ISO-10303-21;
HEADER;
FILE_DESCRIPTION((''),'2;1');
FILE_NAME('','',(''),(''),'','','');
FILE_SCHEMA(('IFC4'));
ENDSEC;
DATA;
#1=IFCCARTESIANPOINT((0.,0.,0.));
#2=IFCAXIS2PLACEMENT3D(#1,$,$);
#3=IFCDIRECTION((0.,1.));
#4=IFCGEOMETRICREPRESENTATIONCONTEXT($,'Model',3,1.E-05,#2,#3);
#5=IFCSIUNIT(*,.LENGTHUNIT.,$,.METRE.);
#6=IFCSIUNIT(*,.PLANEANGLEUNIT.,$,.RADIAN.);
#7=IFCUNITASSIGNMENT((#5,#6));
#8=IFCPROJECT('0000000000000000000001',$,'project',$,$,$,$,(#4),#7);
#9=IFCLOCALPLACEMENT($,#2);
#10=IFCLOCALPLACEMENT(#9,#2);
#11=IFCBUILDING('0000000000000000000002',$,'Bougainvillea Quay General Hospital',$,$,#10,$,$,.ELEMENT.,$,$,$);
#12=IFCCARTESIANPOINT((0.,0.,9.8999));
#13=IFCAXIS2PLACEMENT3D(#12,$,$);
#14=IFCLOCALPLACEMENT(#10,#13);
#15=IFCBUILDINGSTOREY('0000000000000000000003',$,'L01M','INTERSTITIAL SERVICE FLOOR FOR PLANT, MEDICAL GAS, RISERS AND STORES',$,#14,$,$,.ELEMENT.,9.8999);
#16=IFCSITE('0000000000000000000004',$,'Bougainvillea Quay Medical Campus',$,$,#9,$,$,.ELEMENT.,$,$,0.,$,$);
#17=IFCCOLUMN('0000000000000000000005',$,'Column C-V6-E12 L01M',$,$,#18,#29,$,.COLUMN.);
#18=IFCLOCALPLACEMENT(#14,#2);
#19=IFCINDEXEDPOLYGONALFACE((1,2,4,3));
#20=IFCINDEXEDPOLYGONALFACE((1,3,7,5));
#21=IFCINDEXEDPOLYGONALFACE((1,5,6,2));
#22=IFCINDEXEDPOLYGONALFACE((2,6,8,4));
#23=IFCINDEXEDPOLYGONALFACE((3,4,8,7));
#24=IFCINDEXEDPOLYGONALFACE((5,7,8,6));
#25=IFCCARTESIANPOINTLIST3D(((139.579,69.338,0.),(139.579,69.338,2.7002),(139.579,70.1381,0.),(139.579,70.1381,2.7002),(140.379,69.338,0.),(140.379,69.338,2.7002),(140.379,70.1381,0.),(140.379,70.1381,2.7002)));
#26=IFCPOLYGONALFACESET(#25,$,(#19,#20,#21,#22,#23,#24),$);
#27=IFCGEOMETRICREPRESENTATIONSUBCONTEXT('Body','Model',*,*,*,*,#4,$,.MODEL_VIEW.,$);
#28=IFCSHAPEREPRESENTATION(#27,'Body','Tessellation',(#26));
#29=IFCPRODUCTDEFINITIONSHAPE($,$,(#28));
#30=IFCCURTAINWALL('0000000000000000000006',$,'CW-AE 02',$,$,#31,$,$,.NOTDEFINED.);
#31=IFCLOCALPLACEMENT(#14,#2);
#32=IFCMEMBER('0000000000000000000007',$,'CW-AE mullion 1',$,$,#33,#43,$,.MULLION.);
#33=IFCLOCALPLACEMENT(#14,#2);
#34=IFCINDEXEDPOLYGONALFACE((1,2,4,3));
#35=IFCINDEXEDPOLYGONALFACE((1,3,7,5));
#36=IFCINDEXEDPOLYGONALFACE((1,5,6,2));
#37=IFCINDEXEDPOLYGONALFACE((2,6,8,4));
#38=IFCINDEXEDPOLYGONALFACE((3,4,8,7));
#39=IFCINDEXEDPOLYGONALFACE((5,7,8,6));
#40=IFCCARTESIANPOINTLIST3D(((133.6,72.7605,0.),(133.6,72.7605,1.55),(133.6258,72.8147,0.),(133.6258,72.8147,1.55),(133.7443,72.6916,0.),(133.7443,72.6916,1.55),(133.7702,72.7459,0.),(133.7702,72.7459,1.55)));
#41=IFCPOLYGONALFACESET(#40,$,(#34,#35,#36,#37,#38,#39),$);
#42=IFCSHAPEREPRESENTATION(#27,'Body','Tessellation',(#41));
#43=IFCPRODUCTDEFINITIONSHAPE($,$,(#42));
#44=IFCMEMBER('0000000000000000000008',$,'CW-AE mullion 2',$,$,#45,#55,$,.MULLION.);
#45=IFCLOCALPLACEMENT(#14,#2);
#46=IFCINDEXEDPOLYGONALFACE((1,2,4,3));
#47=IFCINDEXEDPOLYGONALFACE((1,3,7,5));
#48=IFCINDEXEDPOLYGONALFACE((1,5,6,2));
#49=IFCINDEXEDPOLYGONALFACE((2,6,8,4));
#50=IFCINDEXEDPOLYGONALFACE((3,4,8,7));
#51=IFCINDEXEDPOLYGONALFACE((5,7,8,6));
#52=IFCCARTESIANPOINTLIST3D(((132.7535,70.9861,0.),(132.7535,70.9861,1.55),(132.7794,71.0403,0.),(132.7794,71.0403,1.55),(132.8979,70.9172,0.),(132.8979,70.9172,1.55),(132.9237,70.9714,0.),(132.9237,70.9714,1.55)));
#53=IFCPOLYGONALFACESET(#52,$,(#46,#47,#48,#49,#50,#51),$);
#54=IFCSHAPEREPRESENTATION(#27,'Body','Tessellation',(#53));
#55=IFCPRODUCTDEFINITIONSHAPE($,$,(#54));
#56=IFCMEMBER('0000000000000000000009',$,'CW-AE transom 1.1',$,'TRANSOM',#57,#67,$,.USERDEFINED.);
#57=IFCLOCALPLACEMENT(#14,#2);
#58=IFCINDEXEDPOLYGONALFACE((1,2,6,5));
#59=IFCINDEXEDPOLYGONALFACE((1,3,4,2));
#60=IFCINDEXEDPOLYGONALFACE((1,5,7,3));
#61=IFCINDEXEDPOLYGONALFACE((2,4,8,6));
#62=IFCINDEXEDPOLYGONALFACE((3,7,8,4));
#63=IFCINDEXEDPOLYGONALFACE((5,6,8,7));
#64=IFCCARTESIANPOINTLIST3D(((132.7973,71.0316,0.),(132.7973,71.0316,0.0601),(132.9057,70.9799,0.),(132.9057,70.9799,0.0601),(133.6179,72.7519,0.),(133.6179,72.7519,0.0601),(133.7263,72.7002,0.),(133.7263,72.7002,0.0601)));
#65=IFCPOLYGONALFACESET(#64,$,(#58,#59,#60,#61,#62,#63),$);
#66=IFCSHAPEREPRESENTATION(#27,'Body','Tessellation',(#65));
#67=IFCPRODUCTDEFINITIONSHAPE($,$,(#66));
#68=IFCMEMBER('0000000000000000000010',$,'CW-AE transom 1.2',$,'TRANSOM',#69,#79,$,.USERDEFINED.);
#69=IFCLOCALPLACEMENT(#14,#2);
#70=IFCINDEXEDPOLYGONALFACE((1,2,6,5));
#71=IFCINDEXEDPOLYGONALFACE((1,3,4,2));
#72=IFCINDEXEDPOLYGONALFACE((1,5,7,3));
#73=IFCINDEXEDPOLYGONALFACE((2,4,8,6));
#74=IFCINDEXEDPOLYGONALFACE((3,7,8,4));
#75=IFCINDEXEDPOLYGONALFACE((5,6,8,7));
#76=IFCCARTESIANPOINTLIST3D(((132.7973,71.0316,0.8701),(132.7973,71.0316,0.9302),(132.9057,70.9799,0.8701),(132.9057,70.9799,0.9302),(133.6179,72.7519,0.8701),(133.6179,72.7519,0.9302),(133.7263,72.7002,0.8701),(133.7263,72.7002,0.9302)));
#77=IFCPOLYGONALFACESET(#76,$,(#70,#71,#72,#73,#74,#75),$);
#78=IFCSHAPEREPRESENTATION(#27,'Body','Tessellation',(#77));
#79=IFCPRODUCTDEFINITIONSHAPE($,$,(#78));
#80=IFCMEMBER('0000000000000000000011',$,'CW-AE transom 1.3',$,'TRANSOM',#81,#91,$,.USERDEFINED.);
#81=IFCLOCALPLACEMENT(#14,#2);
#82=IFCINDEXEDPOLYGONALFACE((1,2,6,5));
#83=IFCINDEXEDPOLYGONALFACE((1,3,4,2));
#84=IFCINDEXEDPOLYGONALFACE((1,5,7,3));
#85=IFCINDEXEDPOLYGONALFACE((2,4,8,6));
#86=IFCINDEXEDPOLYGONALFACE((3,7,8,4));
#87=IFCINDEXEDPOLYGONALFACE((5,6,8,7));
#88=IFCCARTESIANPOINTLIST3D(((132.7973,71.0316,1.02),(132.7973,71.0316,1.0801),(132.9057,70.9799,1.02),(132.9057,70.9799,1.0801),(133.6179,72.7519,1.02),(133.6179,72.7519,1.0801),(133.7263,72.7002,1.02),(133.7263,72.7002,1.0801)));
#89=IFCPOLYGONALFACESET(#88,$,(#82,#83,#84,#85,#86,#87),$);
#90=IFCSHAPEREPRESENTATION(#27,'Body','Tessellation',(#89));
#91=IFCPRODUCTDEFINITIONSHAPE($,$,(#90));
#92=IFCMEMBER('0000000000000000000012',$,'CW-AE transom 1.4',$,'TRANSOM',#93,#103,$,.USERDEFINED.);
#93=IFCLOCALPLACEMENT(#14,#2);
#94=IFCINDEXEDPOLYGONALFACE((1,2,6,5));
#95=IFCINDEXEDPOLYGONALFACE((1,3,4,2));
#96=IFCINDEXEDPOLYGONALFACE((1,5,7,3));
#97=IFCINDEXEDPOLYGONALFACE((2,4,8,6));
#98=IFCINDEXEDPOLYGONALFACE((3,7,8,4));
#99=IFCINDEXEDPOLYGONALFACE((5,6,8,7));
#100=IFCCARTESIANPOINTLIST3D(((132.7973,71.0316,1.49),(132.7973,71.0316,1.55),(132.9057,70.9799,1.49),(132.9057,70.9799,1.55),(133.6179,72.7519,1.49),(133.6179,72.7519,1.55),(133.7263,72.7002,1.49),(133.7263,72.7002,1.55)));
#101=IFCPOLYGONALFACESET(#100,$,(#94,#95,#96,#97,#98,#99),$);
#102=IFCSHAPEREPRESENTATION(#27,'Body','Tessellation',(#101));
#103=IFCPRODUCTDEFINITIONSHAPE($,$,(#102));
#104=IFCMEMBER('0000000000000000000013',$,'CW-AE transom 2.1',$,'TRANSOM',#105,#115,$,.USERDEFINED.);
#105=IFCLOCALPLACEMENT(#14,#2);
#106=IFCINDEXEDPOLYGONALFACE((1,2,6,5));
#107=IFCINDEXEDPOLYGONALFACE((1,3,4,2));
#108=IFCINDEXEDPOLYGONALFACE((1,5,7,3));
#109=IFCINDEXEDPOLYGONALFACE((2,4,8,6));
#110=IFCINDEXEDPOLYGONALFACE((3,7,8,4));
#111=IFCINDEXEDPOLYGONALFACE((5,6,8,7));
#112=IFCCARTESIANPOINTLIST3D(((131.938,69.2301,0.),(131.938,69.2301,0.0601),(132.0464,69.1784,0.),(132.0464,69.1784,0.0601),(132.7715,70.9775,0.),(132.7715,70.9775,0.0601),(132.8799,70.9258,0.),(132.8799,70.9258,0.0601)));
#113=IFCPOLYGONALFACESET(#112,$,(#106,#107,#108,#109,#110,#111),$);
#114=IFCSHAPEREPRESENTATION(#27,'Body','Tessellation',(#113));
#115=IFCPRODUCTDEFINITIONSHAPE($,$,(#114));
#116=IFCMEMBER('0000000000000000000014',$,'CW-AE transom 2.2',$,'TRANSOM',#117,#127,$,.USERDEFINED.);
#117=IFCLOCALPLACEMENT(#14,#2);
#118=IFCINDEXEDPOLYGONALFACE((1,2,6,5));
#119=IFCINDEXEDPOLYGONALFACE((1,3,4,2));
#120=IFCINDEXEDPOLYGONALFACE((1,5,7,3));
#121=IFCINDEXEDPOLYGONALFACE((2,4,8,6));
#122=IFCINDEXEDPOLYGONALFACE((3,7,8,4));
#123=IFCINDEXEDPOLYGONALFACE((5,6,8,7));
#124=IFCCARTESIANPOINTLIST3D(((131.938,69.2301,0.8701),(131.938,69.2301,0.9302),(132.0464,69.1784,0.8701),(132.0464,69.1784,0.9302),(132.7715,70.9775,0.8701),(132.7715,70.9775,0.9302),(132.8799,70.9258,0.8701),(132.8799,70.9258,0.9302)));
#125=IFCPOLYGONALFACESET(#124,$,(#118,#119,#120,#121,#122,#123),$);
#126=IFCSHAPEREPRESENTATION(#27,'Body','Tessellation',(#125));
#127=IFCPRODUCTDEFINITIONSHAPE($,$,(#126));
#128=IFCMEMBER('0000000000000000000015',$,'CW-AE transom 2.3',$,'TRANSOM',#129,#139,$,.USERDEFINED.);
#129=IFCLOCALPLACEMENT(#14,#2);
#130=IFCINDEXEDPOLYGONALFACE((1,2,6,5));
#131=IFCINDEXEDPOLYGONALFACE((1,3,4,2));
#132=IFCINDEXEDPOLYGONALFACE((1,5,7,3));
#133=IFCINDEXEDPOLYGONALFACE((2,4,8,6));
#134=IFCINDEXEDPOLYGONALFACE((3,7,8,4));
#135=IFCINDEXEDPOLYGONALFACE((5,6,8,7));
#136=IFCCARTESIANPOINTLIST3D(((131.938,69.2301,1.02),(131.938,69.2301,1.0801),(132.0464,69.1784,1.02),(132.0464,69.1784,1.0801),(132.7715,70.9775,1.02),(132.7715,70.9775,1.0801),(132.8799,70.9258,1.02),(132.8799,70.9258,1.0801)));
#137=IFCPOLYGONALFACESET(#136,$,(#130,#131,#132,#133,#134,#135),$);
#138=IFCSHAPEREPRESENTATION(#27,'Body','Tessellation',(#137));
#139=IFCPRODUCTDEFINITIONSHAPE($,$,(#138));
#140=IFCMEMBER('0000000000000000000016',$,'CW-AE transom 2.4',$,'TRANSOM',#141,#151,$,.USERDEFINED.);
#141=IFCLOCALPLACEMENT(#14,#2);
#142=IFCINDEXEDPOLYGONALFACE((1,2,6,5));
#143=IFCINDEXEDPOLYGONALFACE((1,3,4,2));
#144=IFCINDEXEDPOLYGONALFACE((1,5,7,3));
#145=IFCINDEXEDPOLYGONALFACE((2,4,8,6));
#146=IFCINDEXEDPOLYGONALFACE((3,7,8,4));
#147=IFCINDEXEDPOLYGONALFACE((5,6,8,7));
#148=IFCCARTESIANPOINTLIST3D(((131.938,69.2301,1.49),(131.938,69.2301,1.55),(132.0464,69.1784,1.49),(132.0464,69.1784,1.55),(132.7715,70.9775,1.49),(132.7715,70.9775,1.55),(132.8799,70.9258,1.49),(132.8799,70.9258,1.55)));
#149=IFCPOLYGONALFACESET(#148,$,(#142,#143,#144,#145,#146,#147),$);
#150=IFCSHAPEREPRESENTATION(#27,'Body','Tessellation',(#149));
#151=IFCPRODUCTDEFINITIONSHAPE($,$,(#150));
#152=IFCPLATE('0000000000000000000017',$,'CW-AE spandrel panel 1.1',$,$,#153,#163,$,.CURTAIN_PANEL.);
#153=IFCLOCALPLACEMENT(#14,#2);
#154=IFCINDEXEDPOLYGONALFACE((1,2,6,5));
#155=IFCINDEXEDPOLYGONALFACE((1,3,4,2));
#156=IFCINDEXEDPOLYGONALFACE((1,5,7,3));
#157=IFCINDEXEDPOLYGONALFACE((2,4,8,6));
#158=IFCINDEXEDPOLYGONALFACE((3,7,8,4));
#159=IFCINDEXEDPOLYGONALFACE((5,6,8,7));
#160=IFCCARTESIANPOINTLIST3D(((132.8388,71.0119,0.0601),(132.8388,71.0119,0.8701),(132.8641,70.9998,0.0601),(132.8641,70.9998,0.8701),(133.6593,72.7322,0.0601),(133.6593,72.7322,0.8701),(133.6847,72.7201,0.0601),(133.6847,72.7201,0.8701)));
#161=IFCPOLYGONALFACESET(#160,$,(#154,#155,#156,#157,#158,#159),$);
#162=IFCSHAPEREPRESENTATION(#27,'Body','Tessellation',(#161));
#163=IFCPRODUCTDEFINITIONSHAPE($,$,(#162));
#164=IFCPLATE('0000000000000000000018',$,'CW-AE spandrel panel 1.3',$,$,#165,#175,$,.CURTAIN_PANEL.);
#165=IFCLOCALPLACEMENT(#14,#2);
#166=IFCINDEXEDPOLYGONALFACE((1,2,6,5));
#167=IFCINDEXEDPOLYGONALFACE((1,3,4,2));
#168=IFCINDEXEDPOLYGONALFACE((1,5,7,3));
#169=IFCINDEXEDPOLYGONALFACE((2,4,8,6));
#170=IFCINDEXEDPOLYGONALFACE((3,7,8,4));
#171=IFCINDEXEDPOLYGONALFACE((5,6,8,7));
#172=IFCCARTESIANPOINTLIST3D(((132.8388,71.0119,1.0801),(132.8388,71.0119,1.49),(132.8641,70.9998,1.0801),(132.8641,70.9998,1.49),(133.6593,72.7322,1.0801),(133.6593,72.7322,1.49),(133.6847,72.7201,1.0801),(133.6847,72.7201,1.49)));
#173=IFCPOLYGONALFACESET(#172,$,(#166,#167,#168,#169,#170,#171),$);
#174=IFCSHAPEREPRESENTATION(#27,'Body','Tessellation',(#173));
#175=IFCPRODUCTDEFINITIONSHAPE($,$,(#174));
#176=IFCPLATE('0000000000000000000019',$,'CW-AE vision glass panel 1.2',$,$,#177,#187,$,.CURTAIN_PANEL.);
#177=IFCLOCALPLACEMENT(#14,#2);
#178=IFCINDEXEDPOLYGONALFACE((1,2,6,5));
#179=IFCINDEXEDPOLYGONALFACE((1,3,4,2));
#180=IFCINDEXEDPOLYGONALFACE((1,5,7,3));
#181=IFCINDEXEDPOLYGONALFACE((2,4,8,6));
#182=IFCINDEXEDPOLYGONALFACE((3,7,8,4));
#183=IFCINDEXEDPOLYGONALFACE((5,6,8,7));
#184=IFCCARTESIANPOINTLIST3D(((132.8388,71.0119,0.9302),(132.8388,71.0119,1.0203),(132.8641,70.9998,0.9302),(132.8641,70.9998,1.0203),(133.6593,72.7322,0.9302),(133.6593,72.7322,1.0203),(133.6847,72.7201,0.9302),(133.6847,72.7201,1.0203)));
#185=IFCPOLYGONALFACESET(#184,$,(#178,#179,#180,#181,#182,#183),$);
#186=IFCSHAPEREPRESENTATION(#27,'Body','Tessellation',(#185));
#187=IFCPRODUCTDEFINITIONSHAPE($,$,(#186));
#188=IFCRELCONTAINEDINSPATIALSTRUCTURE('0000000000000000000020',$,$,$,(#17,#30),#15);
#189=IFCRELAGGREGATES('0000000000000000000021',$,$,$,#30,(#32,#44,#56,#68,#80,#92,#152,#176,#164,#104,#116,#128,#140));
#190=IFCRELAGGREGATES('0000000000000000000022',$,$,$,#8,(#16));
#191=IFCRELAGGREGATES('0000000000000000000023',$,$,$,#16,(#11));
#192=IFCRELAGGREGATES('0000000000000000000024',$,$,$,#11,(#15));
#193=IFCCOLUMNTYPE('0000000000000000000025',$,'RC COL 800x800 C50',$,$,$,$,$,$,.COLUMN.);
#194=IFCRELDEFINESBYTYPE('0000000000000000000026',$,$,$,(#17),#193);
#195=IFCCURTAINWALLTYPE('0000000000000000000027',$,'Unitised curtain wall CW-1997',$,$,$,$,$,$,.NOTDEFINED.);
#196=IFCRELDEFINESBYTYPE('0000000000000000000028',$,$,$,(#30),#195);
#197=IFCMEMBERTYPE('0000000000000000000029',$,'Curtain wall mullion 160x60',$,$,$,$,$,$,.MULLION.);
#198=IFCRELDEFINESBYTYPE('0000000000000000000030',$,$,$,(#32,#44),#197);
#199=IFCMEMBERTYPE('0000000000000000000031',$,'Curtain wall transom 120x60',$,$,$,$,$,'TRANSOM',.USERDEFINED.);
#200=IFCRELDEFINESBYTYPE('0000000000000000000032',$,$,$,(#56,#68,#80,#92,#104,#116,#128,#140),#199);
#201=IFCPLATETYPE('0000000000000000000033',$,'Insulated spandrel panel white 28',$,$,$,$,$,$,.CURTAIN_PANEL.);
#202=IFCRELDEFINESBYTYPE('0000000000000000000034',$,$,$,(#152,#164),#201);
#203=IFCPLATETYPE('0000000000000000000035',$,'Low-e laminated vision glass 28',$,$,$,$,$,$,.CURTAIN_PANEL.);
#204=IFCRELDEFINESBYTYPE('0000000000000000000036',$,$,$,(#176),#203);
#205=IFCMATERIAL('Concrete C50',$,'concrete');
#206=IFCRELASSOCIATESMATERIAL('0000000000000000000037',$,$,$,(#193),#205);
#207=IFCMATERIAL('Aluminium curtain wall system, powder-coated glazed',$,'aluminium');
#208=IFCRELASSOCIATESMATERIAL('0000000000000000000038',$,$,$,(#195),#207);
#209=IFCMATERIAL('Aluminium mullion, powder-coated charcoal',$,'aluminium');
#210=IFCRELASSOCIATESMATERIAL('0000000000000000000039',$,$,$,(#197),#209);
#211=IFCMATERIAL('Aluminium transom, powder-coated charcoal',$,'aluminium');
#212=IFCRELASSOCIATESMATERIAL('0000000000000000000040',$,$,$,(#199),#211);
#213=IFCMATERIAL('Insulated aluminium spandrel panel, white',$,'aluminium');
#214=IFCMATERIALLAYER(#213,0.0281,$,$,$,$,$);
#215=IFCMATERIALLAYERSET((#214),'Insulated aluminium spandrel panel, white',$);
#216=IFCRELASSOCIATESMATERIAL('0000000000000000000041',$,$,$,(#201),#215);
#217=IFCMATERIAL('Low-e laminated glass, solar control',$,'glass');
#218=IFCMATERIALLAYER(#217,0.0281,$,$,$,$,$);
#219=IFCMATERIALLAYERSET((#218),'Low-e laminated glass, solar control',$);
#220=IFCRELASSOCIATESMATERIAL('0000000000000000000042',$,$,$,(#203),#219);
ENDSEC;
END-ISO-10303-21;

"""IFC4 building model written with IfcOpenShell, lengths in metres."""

from ifc_helpers import new_model, si_unit, direction, frame, origin, origin_2d, place, context, subcontext, project, spatial, rectangle, extrude, material, layer, layer_set, material_profile, profile_set, type_object, element, aggregate, save


model = new_model("IFC4")

# Units and contexts
model_context = context("Model", 3, precision=1e-05, world=origin(), true_north=direction((0.0, 1.0)))
body_context = subcontext(model_context, "Body", "Model", "MODEL_VIEW")
ifc_project = project(units=[si_unit("LENGTHUNIT", "METRE"), si_unit("PLANEANGLEUNIT", "RADIAN")], contexts=[model_context])

# Site, building, storey
site_placement = place(None, origin())
site = spatial("IfcSite", under=ifc_project, at=site_placement, Name="Bougainvillea Quay Medical Campus", CompositionType="ELEMENT", RefElevation=0.0)
building_placement = place(site_placement, origin())
building = spatial("IfcBuilding", under=site, at=building_placement, Name="Bougainvillea Quay General Hospital", CompositionType="ELEMENT")
storey_placement = place(building_placement, frame((0.0, 0.0, 9.8999)))
storey = spatial("IfcBuildingStorey", under=building, at=storey_placement, Name="L01M", Description="INTERSTITIAL SERVICE FLOOR FOR PLANT, MEDICAL GAS, RISERS AND STORES", CompositionType="ELEMENT", Elevation=9.8999)

# Column
ifc_material_1 = material(Name="Concrete C50", Category="concrete")
ifc_material_profile_1 = material_profile(ifc_material_1, rectangle(XDim=0.8, YDim=0.8, at=origin_2d()))
ifc_profile_set_1 = profile_set([ifc_material_profile_1], Name="Concrete C50")
column_type = type_object("IfcColumnType", Name="RC COL 800x800 C50", PredefinedType="COLUMN", material=ifc_profile_set_1)
column_placement = place(storey_placement, frame((139.979, 69.738, 0.0), z_axis=(0.0, 0.0, 1.0), x_axis=(1.0, 0.0, 0.0)))
element("IfcColumn", 1, at=column_placement, inside=storey, type_object=column_type, Name="Column C-V6-E12 L01M", PredefinedType="COLUMN", context=body_context, shape_type="SweptSolid", body=[
    extrude(rectangle(XDim=0.8, YDim=0.8, at=origin_2d()), origin(), (0.0, 0.0, 1.0), 2.7002),
])

# Curtain wall, members, plates
ifc_material_2 = material(Name="Aluminium curtain wall system, powder-coated glazed", Category="aluminium")
curtain_wall_type = type_object("IfcCurtainWallType", Name="Unitised curtain wall CW-1997", PredefinedType="NOTDEFINED", material=ifc_material_2)
curtain_wall_placement = place(storey_placement, origin())
curtain_wall = element("IfcCurtainWall", 2, at=curtain_wall_placement, inside=storey, type_object=curtain_wall_type, Name="CW-AE 02", PredefinedType="NOTDEFINED")
ifc_material_3 = material(Name="Aluminium mullion, powder-coated charcoal", Category="aluminium")
ifc_material_profile_2 = material_profile(ifc_material_3, rectangle(XDim=0.1599, YDim=0.0601, at=origin_2d()))
ifc_profile_set_2 = profile_set([ifc_material_profile_2], Name="Aluminium mullion, powder-coated charcoal")
member_type_1 = type_object("IfcMemberType", Name="Curtain wall mullion 160x60", PredefinedType="MULLION", material=ifc_profile_set_2)
member_1_placement = place(storey_placement, frame((133.6851, 72.7532, 0.0), z_axis=(0.0, 0.0, 1.0), x_axis=(0.902578, -0.430525, 0.0)))
member_1 = element("IfcMember", 3, at=member_1_placement, type_object=member_type_1, Name="CW-AE mullion 1", PredefinedType="MULLION", context=body_context, shape_type="SweptSolid", body=[
    extrude(rectangle(XDim=0.1599, YDim=0.0601, at=origin_2d()), origin(), (0.0, 0.0, 1.0), 1.55),
])
member_2_placement = place(storey_placement, frame((132.8386, 70.9788, 0.0), z_axis=(0.0, 0.0, 1.0), x_axis=(0.902578, -0.430525, 0.0)))
member_2 = element("IfcMember", 4, at=member_2_placement, type_object=member_type_1, Name="CW-AE mullion 2", PredefinedType="MULLION", context=body_context, shape_type="SweptSolid", body=[
    extrude(rectangle(XDim=0.1599, YDim=0.0601, at=origin_2d()), origin(), (0.0, 0.0, 1.0), 1.55),
])
ifc_material_4 = material(Name="Aluminium transom, powder-coated charcoal", Category="aluminium")
ifc_material_profile_3 = material_profile(ifc_material_4, rectangle(XDim=0.1201, YDim=0.0601, at=origin_2d()))
ifc_profile_set_3 = profile_set([ifc_material_profile_3], Name="Aluminium transom, powder-coated charcoal")
member_type_2 = type_object("IfcMemberType", Name="Curtain wall transom 120x60", ElementType="TRANSOM", PredefinedType="USERDEFINED", material=ifc_profile_set_3)
member_3_placement = place(storey_placement, frame((133.6721, 72.7261, 0.03), z_axis=(-0.430535, -0.902574, 0.0), x_axis=(0.902574, -0.430535, 0.0)))
member_3 = element("IfcMember", 5, at=member_3_placement, type_object=member_type_2, Name="CW-AE transom 1.1", ObjectType="TRANSOM", PredefinedType="USERDEFINED", context=body_context, shape_type="SweptSolid", body=[
    extrude(rectangle(XDim=0.1201, YDim=0.0601, at=origin_2d()), origin(), (0.0, 0.0, 1.0), 1.906),
])
member_4_placement = place(storey_placement, frame((133.6721, 72.7261, 0.9001), z_axis=(-0.430535, -0.902574, 0.0), x_axis=(0.902574, -0.430535, 0.0)))
member_4 = element("IfcMember", 6, at=member_4_placement, type_object=member_type_2, Name="CW-AE transom 1.2", ObjectType="TRANSOM", PredefinedType="USERDEFINED", context=body_context, shape_type="SweptSolid", body=[
    extrude(rectangle(XDim=0.1201, YDim=0.0601, at=origin_2d()), origin(), (0.0, 0.0, 1.0), 1.906),
])
member_5_placement = place(storey_placement, frame((133.6721, 72.7261, 1.05), z_axis=(-0.430535, -0.902574, 0.0), x_axis=(0.902574, -0.430535, 0.0)))
member_5 = element("IfcMember", 7, at=member_5_placement, type_object=member_type_2, Name="CW-AE transom 1.3", ObjectType="TRANSOM", PredefinedType="USERDEFINED", context=body_context, shape_type="SweptSolid", body=[
    extrude(rectangle(XDim=0.1201, YDim=0.0601, at=origin_2d()), origin(), (0.0, 0.0, 1.0), 1.906),
])
member_6_placement = place(storey_placement, frame((133.6721, 72.7261, 1.52), z_axis=(-0.430535, -0.902574, 0.0), x_axis=(0.902574, -0.430535, 0.0)))
member_6 = element("IfcMember", 8, at=member_6_placement, type_object=member_type_2, Name="CW-AE transom 1.4", ObjectType="TRANSOM", PredefinedType="USERDEFINED", context=body_context, shape_type="SweptSolid", body=[
    extrude(rectangle(XDim=0.1201, YDim=0.0601, at=origin_2d()), origin(), (0.0, 0.0, 1.0), 1.906),
])
member_7_placement = place(storey_placement, frame((132.8257, 70.9517, 0.03), z_axis=(-0.430491, -0.902595, 0.0), x_axis=(0.902595, -0.430491, 0.0)))
member_7 = element("IfcMember", 9, at=member_7_placement, type_object=member_type_2, Name="CW-AE transom 2.1", ObjectType="TRANSOM", PredefinedType="USERDEFINED", context=body_context, shape_type="SweptSolid", body=[
    extrude(rectangle(XDim=0.1201, YDim=0.0601, at=origin_2d()), origin(), (0.0, 0.0, 1.0), 1.936),
])
member_8_placement = place(storey_placement, frame((132.8257, 70.9517, 0.9001), z_axis=(-0.430491, -0.902595, 0.0), x_axis=(0.902595, -0.430491, 0.0)))
member_8 = element("IfcMember", 10, at=member_8_placement, type_object=member_type_2, Name="CW-AE transom 2.2", ObjectType="TRANSOM", PredefinedType="USERDEFINED", context=body_context, shape_type="SweptSolid", body=[
    extrude(rectangle(XDim=0.1201, YDim=0.0601, at=origin_2d()), origin(), (0.0, 0.0, 1.0), 1.936),
])
member_9_placement = place(storey_placement, frame((132.8257, 70.9517, 1.05), z_axis=(-0.430491, -0.902595, 0.0), x_axis=(0.902595, -0.430491, 0.0)))
member_9 = element("IfcMember", 11, at=member_9_placement, type_object=member_type_2, Name="CW-AE transom 2.3", ObjectType="TRANSOM", PredefinedType="USERDEFINED", context=body_context, shape_type="SweptSolid", body=[
    extrude(rectangle(XDim=0.1201, YDim=0.0601, at=origin_2d()), origin(), (0.0, 0.0, 1.0), 1.936),
])
member_10_placement = place(storey_placement, frame((132.8257, 70.9517, 1.52), z_axis=(-0.430491, -0.902595, 0.0), x_axis=(0.902595, -0.430491, 0.0)))
member_10 = element("IfcMember", 12, at=member_10_placement, type_object=member_type_2, Name="CW-AE transom 2.4", ObjectType="TRANSOM", PredefinedType="USERDEFINED", context=body_context, shape_type="SweptSolid", body=[
    extrude(rectangle(XDim=0.1201, YDim=0.0601, at=origin_2d()), origin(), (0.0, 0.0, 1.0), 1.936),
])
ifc_material_5 = material(Name="Insulated aluminium spandrel panel, white", Category="aluminium")
ifc_layer_1 = layer(ifc_material_5, 0.0281)
ifc_layer_set_1 = layer_set([ifc_layer_1], Name="Insulated aluminium spandrel panel, white")
plate_type_1 = type_object("IfcPlateType", Name="Insulated spandrel panel white 28", PredefinedType="CURTAIN_PANEL", material=ifc_layer_set_1)
plate_1_placement = place(storey_placement, frame((133.2617, 71.866, 0.0601), z_axis=(0.0, 0.0, 1.0), x_axis=(-0.430525, -0.902578, 0.0)))
plate_1 = element("IfcPlate", 13, at=plate_1_placement, type_object=plate_type_1, Name="CW-AE spandrel panel 1.1", PredefinedType="CURTAIN_PANEL", context=body_context, shape_type="SweptSolid", body=[
    extrude(rectangle(XDim=1.906, YDim=0.0281, at=origin_2d()), origin(), (0.0, 0.0, 1.0), 0.8101),
])
plate_2_placement = place(storey_placement, frame((133.2617, 71.866, 1.0801), z_axis=(0.0, 0.0, 1.0), x_axis=(-0.430525, -0.902578, 0.0)))
plate_2 = element("IfcPlate", 14, at=plate_2_placement, type_object=plate_type_1, Name="CW-AE spandrel panel 1.3", PredefinedType="CURTAIN_PANEL", context=body_context, shape_type="SweptSolid", body=[
    extrude(rectangle(XDim=1.906, YDim=0.0281, at=origin_2d()), origin(), (0.0, 0.0, 1.0), 0.4099),
])
ifc_material_6 = material(Name="Low-e laminated glass, solar control", Category="glass")
ifc_layer_2 = layer(ifc_material_6, 0.0281)
ifc_layer_set_2 = layer_set([ifc_layer_2], Name="Low-e laminated glass, solar control")
plate_type_2 = type_object("IfcPlateType", Name="Low-e laminated vision glass 28", PredefinedType="CURTAIN_PANEL", material=ifc_layer_set_2)
plate_3_placement = place(storey_placement, frame((133.2617, 71.866, 0.9302), z_axis=(0.0, 0.0, 1.0), x_axis=(-0.430525, -0.902578, 0.0)))
plate_3 = element("IfcPlate", 15, at=plate_3_placement, type_object=plate_type_2, Name="CW-AE vision glass panel 1.2", PredefinedType="CURTAIN_PANEL", context=body_context, shape_type="SweptSolid", body=[
    extrude(rectangle(XDim=1.906, YDim=0.0281, at=origin_2d()), origin(), (0.0, 0.0, 1.0), 0.0901),
])
aggregate(curtain_wall, [member_1, member_2, member_3, member_4, member_5, member_6, plate_1, plate_3, plate_2, member_7, member_8, member_9, member_10])

save(model, "model.ifc")
